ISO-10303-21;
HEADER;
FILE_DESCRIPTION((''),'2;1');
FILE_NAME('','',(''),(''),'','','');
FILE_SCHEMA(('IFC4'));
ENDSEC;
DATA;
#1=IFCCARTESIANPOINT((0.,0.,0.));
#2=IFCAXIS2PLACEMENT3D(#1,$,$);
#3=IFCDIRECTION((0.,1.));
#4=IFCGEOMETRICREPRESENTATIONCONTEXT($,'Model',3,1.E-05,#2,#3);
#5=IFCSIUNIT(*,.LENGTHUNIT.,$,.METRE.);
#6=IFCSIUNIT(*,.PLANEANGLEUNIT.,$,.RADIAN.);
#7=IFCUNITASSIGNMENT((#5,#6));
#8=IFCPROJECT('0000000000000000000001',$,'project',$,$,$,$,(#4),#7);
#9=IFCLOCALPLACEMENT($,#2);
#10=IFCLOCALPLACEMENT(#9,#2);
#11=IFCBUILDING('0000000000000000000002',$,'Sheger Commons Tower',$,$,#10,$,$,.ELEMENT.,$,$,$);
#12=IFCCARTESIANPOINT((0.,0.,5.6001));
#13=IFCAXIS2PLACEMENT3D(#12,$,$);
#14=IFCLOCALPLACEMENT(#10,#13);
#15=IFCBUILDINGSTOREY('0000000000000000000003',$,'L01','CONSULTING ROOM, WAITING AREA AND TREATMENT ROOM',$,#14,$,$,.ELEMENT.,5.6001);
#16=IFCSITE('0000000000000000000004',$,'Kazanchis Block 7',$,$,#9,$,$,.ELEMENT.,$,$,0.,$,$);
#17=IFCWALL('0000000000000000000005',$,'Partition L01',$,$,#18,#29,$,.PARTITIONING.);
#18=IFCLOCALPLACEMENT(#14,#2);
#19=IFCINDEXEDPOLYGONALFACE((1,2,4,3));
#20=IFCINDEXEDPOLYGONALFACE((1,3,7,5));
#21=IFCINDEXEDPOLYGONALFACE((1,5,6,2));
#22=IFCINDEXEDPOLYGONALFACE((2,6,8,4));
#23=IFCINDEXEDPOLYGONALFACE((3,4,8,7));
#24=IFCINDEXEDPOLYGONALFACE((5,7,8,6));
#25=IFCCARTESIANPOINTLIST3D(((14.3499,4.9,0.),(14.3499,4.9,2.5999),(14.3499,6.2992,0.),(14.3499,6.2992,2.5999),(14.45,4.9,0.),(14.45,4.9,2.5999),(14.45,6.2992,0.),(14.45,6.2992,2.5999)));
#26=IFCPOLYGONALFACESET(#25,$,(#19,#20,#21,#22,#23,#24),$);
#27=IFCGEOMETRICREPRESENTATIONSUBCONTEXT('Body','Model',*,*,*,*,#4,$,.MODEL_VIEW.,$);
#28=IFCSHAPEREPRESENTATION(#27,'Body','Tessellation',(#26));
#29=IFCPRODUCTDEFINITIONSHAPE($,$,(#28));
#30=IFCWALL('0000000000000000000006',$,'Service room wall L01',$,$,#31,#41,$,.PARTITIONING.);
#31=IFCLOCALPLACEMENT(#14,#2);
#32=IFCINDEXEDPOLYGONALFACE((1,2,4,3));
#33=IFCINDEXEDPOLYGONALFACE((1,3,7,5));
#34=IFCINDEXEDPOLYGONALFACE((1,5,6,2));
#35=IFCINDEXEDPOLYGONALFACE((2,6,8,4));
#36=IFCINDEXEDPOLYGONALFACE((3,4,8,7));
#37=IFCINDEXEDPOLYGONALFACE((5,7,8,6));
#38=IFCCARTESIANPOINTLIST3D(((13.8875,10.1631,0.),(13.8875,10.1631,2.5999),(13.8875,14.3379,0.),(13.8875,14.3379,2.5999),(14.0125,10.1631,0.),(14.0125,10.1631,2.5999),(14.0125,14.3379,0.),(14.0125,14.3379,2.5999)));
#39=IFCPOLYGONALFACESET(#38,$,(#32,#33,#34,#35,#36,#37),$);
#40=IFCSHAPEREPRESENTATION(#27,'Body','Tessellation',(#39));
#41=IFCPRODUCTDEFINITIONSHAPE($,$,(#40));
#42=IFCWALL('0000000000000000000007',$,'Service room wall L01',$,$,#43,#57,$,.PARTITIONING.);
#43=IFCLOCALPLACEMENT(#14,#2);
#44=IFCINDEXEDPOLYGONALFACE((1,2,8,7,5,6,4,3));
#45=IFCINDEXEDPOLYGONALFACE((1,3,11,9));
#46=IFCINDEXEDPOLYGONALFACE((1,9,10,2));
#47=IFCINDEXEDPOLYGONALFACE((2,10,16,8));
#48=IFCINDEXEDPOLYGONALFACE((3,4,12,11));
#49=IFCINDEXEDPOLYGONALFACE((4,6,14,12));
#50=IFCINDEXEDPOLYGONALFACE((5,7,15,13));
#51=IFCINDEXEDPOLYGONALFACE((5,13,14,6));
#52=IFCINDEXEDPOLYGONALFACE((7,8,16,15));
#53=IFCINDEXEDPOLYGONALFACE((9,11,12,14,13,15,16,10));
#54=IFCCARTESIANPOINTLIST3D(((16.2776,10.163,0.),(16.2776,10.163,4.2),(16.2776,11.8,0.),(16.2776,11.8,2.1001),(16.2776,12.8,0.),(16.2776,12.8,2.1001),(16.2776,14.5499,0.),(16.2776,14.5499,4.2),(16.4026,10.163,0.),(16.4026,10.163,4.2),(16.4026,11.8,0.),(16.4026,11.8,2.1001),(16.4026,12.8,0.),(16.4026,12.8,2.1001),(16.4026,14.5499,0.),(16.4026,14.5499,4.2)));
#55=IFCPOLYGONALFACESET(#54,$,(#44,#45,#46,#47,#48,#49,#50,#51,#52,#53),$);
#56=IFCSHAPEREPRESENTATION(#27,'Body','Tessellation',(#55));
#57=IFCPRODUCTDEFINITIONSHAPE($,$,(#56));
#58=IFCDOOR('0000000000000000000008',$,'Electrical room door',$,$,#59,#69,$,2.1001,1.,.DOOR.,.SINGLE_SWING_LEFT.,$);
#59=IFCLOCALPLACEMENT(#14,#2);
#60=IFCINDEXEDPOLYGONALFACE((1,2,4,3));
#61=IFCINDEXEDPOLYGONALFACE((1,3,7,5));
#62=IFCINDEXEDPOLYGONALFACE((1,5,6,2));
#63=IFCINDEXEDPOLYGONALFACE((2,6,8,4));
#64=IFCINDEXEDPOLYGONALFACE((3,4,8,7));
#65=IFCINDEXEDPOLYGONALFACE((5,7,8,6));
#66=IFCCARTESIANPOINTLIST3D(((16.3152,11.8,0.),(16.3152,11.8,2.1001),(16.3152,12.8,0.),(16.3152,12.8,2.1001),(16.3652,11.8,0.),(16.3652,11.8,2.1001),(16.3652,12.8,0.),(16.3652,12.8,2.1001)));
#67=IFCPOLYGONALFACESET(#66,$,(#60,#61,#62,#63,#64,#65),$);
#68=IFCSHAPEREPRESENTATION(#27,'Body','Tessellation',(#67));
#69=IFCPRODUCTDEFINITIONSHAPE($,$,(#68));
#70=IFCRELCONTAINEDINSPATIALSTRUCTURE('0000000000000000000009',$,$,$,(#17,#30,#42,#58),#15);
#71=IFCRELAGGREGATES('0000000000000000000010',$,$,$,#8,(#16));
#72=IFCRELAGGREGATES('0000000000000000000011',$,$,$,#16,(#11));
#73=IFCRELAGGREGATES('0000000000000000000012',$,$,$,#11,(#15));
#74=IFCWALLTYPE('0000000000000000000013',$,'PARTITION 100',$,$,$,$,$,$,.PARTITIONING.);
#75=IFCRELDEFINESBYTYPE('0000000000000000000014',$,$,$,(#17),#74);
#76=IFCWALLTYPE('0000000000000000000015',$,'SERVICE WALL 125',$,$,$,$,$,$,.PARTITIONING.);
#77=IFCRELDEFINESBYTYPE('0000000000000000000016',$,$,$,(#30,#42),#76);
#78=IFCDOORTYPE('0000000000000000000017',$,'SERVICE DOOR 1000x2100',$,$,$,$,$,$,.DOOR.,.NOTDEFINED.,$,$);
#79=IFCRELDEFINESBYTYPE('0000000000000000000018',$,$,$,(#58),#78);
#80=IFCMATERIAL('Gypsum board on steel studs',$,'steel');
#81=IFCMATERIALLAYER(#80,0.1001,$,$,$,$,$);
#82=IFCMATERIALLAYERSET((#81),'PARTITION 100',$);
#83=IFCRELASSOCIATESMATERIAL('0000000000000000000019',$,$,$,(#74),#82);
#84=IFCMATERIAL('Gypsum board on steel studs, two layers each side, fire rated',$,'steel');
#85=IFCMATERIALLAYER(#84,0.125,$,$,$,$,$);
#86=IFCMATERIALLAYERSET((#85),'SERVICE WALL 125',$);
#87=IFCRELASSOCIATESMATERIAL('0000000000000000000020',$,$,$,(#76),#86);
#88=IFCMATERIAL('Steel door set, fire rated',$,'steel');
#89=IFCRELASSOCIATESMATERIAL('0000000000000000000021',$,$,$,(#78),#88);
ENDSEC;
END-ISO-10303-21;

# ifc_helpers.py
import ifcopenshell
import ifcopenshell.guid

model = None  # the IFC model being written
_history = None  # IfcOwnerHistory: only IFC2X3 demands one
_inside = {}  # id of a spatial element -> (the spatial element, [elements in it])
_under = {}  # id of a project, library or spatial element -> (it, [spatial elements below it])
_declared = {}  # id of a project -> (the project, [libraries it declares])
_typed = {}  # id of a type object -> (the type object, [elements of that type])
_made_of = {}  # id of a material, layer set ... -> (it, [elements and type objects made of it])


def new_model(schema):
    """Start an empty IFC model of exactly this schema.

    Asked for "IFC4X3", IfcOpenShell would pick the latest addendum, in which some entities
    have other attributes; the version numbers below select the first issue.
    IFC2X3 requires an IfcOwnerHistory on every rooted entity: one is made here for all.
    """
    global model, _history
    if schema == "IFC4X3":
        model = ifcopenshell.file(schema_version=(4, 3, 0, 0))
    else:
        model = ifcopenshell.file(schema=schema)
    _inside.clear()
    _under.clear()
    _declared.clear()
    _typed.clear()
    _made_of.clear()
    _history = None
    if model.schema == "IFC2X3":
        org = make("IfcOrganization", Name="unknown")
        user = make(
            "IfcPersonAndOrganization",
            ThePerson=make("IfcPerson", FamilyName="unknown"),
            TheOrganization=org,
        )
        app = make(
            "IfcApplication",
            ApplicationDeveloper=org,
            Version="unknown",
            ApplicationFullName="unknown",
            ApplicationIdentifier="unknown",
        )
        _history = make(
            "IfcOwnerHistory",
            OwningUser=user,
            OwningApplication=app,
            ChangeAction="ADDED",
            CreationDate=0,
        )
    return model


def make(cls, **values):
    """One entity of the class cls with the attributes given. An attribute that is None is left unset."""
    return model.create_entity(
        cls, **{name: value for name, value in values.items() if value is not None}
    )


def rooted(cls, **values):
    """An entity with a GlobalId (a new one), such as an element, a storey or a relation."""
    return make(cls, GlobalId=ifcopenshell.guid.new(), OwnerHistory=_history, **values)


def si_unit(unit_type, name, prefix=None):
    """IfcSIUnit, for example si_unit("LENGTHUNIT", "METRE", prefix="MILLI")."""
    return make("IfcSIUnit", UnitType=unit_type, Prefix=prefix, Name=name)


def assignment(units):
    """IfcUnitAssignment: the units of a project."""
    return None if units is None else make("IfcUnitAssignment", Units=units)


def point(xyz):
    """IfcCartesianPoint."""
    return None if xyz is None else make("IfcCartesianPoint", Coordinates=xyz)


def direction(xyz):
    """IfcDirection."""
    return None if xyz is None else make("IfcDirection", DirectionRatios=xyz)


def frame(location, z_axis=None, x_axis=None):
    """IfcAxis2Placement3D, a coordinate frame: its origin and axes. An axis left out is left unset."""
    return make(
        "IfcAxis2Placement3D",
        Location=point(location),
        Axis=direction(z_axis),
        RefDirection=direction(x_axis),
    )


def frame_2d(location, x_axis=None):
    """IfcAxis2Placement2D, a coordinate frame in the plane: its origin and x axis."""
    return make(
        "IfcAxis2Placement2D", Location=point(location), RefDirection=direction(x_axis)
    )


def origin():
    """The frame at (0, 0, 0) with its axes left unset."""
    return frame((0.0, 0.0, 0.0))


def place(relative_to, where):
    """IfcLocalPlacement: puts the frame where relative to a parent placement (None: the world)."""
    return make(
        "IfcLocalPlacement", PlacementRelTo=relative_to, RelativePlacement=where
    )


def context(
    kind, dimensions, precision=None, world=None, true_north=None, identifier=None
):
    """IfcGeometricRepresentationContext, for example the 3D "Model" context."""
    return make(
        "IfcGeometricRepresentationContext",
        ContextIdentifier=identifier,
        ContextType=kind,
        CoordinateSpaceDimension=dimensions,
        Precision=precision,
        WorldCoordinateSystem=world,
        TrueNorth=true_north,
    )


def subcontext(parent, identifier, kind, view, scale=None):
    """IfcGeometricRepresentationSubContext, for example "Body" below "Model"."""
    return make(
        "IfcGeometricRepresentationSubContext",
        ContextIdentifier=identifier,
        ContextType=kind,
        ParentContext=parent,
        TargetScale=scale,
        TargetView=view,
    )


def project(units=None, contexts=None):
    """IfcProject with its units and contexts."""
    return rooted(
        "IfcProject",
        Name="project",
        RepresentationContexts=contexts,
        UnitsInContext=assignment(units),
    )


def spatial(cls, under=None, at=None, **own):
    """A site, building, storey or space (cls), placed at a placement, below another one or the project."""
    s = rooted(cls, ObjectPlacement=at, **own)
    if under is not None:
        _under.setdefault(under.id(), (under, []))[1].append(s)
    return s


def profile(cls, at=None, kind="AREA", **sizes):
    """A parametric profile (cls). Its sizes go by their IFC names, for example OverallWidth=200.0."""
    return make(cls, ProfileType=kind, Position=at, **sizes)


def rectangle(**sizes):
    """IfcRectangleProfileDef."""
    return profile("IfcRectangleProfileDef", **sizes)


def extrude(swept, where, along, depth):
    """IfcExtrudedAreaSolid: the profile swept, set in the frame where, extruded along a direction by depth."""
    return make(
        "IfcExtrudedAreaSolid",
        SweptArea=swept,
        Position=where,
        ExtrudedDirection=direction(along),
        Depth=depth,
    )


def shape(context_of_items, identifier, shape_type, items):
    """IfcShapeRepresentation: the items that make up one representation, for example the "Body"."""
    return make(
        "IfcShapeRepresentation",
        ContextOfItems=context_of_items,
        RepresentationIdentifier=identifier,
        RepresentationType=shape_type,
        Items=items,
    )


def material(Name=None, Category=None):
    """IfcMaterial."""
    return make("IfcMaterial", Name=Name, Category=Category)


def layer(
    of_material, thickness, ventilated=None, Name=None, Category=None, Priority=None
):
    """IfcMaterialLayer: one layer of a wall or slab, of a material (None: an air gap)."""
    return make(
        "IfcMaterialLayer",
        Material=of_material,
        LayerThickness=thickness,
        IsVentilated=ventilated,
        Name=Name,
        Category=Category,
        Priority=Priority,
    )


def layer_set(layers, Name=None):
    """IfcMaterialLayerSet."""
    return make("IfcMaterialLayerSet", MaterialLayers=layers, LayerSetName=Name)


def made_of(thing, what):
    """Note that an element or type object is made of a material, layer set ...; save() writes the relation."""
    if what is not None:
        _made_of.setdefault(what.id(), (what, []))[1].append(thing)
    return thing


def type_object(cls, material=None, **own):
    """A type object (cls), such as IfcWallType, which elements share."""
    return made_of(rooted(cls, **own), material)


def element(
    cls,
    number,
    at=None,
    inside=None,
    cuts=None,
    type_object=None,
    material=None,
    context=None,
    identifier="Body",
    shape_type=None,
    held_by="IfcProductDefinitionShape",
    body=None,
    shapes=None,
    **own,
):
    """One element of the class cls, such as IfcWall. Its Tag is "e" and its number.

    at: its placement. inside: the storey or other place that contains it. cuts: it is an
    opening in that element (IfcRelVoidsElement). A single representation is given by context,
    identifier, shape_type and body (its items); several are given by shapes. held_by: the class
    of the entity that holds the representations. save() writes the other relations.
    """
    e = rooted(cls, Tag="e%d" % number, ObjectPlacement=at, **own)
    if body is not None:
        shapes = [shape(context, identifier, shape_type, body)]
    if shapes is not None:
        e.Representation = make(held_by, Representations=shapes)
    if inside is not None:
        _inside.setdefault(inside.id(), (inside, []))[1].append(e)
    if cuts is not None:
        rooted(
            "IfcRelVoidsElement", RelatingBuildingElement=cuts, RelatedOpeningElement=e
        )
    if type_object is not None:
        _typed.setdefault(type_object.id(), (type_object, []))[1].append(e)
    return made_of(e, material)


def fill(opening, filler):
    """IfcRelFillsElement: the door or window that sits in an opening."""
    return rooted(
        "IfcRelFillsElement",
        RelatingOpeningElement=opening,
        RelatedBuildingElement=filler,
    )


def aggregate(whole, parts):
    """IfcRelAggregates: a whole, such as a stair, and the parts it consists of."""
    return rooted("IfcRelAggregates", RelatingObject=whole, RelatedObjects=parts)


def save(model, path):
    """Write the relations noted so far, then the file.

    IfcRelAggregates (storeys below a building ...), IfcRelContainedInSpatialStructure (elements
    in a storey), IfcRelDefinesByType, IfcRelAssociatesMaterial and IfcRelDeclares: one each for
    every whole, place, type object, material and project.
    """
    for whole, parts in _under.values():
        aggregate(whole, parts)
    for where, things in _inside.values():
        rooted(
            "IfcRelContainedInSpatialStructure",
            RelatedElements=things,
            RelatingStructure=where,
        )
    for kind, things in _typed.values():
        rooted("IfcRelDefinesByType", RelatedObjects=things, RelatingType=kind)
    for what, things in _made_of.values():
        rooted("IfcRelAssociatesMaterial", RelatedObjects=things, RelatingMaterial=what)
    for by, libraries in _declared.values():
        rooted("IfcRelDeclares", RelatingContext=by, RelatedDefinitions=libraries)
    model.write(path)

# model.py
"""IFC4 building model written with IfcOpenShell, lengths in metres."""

from ifc_helpers import new_model, si_unit, direction, frame, frame_2d, origin, place, context, subcontext, project, spatial, rectangle, extrude, material, layer, layer_set, type_object, element, fill, save


model = new_model("IFC4")

# Units and contexts
model_context = context("Model", 3, precision=1e-05, world=origin(), true_north=direction((0.0, 1.0)))
body_context = subcontext(model_context, "Body", "Model", "MODEL_VIEW")
ifc_project = project(units=[si_unit("LENGTHUNIT", "METRE"), si_unit("PLANEANGLEUNIT", "RADIAN")], contexts=[model_context])

# Site, building, storey
site_placement = place(None, origin())
site = spatial("IfcSite", under=ifc_project, at=site_placement, Name="Kazanchis Block 7", CompositionType="ELEMENT", RefElevation=0.0)
building_placement = place(site_placement, origin())
building = spatial("IfcBuilding", under=site, at=building_placement, Name="Sheger Commons Tower", CompositionType="ELEMENT")
storey_placement = place(building_placement, frame((0.0, 0.0, 5.6001)))
storey = spatial("IfcBuildingStorey", under=building, at=storey_placement, Name="L01", Description="CONSULTING ROOM, WAITING AREA AND TREATMENT ROOM", CompositionType="ELEMENT", Elevation=5.6001)

# Walls
ifc_material_1 = material(Name="Gypsum board on steel studs", Category="steel")
ifc_layer_1 = layer(ifc_material_1, 0.1001)
ifc_layer_set_1 = layer_set([ifc_layer_1], Name="PARTITION 100")
wall_type_1 = type_object("IfcWallType", Name="PARTITION 100", PredefinedType="PARTITIONING", material=ifc_layer_set_1)
wall_1_placement = place(storey_placement, frame((14.3999, 4.8999, 0.0), z_axis=(0.0, 0.0, 1.0), x_axis=(0.0, 1.0, 0.0)))
element("IfcWall", 1, at=wall_1_placement, inside=storey, type_object=wall_type_1, Name="Partition L01", PredefinedType="PARTITIONING", context=body_context, shape_type="SweptSolid", body=[
    extrude(rectangle(XDim=1.3992, YDim=0.1001, at=frame_2d((0.6997, 0.0))), origin(), (0.0, 0.0, 1.0), 2.5999),
])
ifc_material_2 = material(Name="Gypsum board on steel studs, two layers each side, fire rated", Category="steel")
ifc_layer_2 = layer(ifc_material_2, 0.125)
ifc_layer_set_2 = layer_set([ifc_layer_2], Name="SERVICE WALL 125")
wall_type_2 = type_object("IfcWallType", Name="SERVICE WALL 125", PredefinedType="PARTITIONING", material=ifc_layer_set_2)
wall_2_placement = place(storey_placement, frame((13.95, 10.1631, 0.0), z_axis=(0.0, 0.0, 1.0), x_axis=(0.0, 1.0, 0.0)))
element("IfcWall", 2, at=wall_2_placement, inside=storey, type_object=wall_type_2, Name="Service room wall L01", PredefinedType="PARTITIONING", context=body_context, shape_type="SweptSolid", body=[
    extrude(rectangle(XDim=4.1748, YDim=0.125, at=frame_2d((2.0874, 0.0))), origin(), (0.0, 0.0, 1.0), 2.5999),
])

# Wall, opening, door
wall_3_placement = place(storey_placement, frame((16.3401, 10.1631, 0.0), z_axis=(0.0, 0.0, 1.0), x_axis=(0.0, 1.0, 0.0)))
wall_3 = element("IfcWall", 3, at=wall_3_placement, inside=storey, type_object=wall_type_2, Name="Service room wall L01", PredefinedType="PARTITIONING", context=body_context, shape_type="SweptSolid", body=[
    extrude(rectangle(XDim=4.387, YDim=0.125, at=frame_2d((2.1934, 0.0))), origin(), (0.0, 0.0, 1.0), 4.2),
])
opening_1_placement = place(wall_3_placement, frame((1.637, 0.0, 0.0)))
opening_1 = element("IfcOpeningElement", 4, at=opening_1_placement, cuts=wall_3, PredefinedType="OPENING", context=body_context, shape_type="SweptSolid", body=[
    extrude(rectangle(XDim=1.0, YDim=2.1001, at=frame_2d((0.5, 1.05))), frame((0.0, 0.0725, 0.0), z_axis=(0.0, -1.0, 0.0), x_axis=(1.0, 0.0, 0.0)), (0.0, 0.0, 1.0), 0.145),
])
ifc_material_3 = material(Name="Steel door set, fire rated", Category="steel")
door_type_1 = type_object("IfcDoorType", Name="SERVICE DOOR 1000x2100", OperationType="NOTDEFINED", PredefinedType="DOOR", material=ifc_material_3)
door_1_placement = place(opening_1_placement, origin())
door_1 = element("IfcDoor", 5, at=door_1_placement, inside=storey, type_object=door_type_1, Name="Electrical room door", OperationType="SINGLE_SWING_LEFT", OverallHeight=2.1001, OverallWidth=1.0, PredefinedType="DOOR", context=body_context, shape_type="SweptSolid", body=[
    extrude(rectangle(XDim=1.0, YDim=2.1001, at=frame_2d((0.5, 1.05))), frame((0.0, 0.0249, 0.0), z_axis=(0.0, -1.0, 0.0), x_axis=(1.0, 0.0, 0.0)), (0.0, 0.0, 1.0), 0.05),
])
fill(opening_1, door_1)

save(model, "model.ifc")
